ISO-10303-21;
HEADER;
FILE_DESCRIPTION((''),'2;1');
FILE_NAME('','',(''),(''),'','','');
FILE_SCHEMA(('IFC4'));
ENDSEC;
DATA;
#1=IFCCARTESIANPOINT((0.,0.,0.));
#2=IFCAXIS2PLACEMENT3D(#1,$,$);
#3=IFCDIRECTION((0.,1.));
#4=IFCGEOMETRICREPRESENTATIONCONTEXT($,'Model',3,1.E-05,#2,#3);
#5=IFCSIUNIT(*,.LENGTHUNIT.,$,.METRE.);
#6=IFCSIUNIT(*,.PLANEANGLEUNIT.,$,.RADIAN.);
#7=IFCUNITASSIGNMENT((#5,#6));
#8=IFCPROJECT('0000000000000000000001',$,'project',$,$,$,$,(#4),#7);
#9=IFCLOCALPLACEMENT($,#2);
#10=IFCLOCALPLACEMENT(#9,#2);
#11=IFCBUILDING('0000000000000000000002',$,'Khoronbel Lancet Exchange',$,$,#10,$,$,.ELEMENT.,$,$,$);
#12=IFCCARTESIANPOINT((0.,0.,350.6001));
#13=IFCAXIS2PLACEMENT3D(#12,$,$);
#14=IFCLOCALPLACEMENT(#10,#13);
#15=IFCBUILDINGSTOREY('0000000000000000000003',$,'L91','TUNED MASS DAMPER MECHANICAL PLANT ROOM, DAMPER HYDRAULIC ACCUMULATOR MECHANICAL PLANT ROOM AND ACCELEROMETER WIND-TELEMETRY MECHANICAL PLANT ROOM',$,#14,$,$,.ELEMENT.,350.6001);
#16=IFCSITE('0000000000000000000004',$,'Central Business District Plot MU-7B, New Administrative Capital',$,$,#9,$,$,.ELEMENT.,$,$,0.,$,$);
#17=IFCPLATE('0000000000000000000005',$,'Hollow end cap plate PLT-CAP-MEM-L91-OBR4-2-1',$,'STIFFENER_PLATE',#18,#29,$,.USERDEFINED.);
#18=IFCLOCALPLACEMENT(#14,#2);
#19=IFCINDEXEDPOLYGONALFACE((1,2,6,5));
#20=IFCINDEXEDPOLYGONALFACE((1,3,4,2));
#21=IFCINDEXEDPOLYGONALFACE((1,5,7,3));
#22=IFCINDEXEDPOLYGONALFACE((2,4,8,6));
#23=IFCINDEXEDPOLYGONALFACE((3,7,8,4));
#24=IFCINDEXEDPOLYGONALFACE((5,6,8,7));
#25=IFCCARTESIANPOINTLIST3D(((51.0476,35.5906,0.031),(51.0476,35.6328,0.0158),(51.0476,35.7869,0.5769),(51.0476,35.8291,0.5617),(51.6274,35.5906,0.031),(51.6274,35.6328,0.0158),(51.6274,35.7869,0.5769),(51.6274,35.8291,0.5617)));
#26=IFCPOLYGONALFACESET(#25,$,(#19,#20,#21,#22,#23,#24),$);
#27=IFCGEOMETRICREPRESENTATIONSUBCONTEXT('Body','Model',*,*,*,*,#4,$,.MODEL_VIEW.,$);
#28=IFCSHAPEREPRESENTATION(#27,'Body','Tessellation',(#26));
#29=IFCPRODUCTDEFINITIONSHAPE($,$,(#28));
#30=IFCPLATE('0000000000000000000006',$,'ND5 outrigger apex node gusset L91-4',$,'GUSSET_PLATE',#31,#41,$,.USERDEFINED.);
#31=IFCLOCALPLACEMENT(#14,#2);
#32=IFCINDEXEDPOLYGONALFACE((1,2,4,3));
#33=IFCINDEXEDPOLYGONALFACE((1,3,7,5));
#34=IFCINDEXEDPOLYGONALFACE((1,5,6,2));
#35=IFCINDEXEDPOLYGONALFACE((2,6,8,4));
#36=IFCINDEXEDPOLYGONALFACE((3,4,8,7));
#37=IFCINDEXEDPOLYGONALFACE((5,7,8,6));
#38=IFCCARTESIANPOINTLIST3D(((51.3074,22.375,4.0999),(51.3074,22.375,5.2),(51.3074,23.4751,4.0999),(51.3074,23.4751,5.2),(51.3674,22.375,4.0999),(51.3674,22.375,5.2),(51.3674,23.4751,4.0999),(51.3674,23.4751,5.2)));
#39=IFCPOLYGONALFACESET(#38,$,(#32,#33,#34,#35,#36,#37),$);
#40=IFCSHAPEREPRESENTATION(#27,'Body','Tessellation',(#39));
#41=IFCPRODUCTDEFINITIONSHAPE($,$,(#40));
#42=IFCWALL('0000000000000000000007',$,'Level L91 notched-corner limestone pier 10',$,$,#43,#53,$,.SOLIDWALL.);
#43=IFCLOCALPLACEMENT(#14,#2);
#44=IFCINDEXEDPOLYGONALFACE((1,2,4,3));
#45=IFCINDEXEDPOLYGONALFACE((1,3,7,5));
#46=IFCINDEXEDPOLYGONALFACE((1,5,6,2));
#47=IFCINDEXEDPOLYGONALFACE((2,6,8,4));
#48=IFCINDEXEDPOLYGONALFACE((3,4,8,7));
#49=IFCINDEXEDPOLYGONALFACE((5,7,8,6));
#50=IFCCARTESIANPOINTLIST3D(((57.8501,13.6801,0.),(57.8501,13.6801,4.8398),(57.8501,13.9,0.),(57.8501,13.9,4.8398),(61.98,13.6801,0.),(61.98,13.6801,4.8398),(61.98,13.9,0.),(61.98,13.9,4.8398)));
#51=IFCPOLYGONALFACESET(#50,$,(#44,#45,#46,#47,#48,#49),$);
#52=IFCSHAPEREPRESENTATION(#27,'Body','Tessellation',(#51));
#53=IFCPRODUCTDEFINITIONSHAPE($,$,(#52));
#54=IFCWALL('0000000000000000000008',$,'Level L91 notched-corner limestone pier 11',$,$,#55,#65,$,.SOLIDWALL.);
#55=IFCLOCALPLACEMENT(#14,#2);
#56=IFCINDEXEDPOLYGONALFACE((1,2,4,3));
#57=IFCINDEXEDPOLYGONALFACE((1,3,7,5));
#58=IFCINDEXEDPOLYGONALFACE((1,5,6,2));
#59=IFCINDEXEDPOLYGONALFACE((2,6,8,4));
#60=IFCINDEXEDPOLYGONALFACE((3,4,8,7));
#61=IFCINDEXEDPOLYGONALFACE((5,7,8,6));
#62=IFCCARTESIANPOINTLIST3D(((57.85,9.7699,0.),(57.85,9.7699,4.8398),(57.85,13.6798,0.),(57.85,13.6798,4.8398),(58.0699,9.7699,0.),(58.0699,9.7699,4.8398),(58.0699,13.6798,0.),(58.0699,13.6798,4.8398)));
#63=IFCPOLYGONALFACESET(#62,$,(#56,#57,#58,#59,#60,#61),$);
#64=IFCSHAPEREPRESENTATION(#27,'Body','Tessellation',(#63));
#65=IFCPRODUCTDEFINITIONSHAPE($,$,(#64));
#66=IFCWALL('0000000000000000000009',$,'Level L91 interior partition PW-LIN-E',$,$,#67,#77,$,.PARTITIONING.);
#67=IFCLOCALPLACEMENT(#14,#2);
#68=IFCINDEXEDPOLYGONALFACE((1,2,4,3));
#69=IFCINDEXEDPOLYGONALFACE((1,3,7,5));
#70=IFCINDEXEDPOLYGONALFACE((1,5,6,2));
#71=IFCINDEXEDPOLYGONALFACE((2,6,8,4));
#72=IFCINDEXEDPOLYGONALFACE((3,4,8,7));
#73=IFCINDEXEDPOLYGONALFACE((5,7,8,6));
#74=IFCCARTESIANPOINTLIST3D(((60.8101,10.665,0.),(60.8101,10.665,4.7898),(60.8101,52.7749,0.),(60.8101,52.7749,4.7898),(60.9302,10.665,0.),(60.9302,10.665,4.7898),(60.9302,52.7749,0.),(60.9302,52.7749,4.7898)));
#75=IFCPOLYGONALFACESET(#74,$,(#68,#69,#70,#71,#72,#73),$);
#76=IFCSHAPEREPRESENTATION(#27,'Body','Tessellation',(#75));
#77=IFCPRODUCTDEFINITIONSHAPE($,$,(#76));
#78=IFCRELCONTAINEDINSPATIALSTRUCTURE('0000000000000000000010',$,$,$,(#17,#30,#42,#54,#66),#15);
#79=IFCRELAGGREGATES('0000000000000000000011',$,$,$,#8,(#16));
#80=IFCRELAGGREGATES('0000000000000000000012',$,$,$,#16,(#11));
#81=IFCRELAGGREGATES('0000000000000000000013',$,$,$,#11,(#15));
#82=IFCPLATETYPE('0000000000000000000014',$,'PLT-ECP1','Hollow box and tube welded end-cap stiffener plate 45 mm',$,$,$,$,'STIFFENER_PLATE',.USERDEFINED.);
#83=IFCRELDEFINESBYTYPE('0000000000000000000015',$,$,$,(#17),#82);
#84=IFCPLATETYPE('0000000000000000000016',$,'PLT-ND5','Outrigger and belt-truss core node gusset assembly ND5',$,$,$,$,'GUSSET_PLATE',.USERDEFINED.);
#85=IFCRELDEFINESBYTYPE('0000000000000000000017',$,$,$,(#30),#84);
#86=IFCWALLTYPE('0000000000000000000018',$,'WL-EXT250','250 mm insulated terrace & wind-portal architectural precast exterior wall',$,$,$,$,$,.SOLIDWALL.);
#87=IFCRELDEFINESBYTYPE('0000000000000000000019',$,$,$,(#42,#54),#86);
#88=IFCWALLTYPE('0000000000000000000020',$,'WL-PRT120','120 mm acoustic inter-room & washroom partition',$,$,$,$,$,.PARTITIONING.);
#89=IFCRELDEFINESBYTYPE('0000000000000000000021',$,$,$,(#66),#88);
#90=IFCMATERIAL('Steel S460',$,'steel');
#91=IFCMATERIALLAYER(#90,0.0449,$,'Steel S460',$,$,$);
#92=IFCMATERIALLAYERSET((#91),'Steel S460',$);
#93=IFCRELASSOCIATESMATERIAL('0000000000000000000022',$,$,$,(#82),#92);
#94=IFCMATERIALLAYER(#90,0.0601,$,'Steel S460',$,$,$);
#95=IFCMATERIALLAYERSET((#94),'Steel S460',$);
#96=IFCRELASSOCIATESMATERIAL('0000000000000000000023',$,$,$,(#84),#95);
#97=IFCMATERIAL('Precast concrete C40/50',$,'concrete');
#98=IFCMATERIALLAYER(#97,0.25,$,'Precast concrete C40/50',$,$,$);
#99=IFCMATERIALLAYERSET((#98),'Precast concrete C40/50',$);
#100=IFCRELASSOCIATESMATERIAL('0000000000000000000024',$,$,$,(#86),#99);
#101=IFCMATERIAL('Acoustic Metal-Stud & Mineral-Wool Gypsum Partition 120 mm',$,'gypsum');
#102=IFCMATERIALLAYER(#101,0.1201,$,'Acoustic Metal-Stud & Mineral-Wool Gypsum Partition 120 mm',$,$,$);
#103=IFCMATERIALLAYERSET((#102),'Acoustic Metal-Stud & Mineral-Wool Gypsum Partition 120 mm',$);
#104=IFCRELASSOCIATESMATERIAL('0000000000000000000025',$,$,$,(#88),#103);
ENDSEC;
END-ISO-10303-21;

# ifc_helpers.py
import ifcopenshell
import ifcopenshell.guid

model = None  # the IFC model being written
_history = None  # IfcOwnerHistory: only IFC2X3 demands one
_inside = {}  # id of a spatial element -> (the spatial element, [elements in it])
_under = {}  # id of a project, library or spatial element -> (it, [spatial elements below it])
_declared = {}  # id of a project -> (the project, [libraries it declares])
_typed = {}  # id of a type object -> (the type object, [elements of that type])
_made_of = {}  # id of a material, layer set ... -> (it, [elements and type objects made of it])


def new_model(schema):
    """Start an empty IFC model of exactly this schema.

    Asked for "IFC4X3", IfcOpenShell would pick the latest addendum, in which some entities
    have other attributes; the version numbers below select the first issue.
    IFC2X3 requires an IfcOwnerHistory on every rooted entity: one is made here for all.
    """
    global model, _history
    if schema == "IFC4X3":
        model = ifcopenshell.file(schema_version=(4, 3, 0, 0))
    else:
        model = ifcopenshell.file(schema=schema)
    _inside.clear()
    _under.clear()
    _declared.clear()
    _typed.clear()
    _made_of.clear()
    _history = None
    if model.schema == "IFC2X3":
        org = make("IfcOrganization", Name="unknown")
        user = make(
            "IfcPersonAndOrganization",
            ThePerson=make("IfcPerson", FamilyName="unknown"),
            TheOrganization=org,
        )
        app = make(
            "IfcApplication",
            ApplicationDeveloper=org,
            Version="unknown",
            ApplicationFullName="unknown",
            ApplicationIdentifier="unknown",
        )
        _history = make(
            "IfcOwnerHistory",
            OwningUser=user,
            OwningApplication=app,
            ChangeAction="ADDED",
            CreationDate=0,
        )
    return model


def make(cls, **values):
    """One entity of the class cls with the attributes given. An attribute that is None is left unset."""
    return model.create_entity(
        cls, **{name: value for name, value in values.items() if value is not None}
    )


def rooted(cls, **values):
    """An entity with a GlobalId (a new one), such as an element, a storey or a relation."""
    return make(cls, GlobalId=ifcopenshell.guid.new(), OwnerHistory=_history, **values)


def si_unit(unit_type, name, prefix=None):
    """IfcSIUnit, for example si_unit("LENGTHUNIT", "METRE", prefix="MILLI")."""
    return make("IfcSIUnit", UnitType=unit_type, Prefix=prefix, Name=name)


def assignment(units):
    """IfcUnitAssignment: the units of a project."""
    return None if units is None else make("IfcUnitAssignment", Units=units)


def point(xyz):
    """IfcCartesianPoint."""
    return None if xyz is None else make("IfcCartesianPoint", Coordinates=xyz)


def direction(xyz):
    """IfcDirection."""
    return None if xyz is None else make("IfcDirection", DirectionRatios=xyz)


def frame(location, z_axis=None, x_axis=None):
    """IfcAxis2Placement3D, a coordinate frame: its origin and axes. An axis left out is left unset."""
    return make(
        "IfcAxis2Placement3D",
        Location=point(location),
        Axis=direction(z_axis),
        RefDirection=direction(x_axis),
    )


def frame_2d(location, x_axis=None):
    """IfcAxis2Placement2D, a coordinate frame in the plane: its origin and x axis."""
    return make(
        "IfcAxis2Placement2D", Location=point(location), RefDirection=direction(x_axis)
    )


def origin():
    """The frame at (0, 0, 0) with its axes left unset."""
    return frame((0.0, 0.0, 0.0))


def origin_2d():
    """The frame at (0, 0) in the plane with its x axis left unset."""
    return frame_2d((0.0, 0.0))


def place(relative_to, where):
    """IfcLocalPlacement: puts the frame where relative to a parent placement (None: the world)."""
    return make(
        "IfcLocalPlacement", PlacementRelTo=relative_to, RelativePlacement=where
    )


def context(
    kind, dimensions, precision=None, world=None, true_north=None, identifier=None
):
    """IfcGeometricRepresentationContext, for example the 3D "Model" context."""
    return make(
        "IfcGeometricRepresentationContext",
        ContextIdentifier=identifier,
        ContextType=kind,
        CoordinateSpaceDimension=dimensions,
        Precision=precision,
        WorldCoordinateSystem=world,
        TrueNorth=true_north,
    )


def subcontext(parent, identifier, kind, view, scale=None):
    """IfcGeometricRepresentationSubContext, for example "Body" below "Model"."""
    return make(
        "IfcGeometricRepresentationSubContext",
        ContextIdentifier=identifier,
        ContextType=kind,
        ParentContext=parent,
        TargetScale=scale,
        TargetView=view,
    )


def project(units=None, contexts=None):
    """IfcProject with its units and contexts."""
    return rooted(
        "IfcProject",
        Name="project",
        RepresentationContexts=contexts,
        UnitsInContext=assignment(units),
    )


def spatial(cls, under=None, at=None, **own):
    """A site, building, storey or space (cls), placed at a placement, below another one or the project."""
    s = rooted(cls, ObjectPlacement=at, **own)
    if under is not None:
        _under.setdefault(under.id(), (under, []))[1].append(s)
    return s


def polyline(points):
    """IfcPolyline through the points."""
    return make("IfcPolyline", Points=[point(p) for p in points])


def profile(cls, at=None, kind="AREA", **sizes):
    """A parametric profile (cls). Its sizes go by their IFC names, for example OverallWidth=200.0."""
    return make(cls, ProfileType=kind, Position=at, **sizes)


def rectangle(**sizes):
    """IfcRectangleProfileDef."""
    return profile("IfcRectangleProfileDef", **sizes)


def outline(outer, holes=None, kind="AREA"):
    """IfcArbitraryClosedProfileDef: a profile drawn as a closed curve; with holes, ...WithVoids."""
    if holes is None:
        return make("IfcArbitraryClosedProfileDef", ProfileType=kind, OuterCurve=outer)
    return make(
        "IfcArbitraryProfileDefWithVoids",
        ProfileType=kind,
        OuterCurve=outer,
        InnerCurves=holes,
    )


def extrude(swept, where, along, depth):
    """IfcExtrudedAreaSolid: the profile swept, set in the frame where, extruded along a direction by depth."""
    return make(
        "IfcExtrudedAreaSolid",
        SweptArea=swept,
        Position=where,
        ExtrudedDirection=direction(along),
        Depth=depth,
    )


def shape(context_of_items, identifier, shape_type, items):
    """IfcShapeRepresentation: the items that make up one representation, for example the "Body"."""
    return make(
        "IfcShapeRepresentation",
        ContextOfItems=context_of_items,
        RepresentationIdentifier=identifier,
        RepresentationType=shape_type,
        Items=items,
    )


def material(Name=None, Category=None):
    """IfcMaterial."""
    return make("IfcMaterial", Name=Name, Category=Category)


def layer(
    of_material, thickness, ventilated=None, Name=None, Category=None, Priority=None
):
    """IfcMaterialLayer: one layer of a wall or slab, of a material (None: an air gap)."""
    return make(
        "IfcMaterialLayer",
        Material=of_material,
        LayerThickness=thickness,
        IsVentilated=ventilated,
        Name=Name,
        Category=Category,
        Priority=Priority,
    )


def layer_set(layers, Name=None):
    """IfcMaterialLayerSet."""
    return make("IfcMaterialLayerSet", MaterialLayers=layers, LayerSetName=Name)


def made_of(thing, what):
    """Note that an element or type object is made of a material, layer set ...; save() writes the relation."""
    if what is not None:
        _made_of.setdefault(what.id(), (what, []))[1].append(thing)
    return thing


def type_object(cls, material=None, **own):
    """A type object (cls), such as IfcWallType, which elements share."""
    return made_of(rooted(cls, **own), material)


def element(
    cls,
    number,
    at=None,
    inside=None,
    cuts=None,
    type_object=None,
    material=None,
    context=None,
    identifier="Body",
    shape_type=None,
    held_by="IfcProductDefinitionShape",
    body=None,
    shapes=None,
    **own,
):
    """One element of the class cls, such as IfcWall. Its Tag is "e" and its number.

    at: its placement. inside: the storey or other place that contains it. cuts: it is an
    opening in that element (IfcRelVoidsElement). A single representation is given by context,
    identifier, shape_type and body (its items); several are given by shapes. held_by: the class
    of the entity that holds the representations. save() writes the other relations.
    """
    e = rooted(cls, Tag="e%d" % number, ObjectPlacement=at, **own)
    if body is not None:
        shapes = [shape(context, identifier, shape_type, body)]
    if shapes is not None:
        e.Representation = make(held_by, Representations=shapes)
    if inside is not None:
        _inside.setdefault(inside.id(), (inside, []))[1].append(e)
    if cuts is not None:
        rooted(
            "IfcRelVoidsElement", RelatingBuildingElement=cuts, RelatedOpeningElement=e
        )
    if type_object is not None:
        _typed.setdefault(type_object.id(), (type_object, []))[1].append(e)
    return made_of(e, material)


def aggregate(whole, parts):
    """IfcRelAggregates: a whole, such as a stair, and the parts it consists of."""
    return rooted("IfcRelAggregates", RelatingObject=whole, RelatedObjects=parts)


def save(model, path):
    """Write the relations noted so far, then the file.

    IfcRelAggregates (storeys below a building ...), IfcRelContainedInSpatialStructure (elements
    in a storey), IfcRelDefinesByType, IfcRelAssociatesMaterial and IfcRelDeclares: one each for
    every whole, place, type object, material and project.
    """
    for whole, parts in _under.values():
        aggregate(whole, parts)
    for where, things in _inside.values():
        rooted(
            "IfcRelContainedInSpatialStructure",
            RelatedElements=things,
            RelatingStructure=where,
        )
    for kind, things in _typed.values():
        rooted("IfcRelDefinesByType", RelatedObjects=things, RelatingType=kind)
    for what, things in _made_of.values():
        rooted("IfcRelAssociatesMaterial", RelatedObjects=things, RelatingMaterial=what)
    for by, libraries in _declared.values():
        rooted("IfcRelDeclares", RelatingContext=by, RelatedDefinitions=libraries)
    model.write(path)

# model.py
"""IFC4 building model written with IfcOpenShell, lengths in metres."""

from ifc_helpers import new_model, si_unit, direction, frame, frame_2d, origin, origin_2d, place, context, subcontext, project, spatial, polyline, rectangle, outline, extrude, material, layer, layer_set, type_object, element, save


model = new_model("IFC4")

# Units and contexts
model_context = context("Model", 3, precision=1e-05, world=origin(), true_north=direction((0.0, 1.0)))
body_context = subcontext(model_context, "Body", "Model", "MODEL_VIEW")
ifc_project = project(units=[si_unit("LENGTHUNIT", "METRE"), si_unit("PLANEANGLEUNIT", "RADIAN")], contexts=[model_context])

# Site, building, storey
site_placement = place(None, origin())
site = spatial("IfcSite", under=ifc_project, at=site_placement, Name="Central Business District Plot MU-7B, New Administrative Capital", CompositionType="ELEMENT", RefElevation=0.0)
building_placement = place(site_placement, origin())
building = spatial("IfcBuilding", under=site, at=building_placement, Name="Khoronbel Lancet Exchange", CompositionType="ELEMENT")
storey_placement = place(building_placement, frame((0.0, 0.0, 350.6001)))
storey = spatial("IfcBuildingStorey", under=building, at=storey_placement, Name="L91", Description="TUNED MASS DAMPER MECHANICAL PLANT ROOM, DAMPER HYDRAULIC ACCUMULATOR MECHANICAL PLANT ROOM AND ACCELEROMETER WIND-TELEMETRY MECHANICAL PLANT ROOM", CompositionType="ELEMENT", Elevation=350.6001)

# Shared definitions
ifc_material_1 = material(Name="Steel S460", Category="steel")

# Plates
ifc_layer_1 = layer(ifc_material_1, 0.0449, Name="Steel S460")
ifc_layer_set_1 = layer_set([ifc_layer_1], Name="Steel S460")
plate_type_1 = type_object("IfcPlateType", Name="PLT-ECP1", Description="Hollow box and tube welded end-cap stiffener plate 45 mm", ElementType="STIFFENER_PLATE", PredefinedType="USERDEFINED", material=ifc_layer_set_1)
for number, where, z_axis, x_axis, name in (
    (1, (51.0476, 35.5906, 0.031), (0.0, -0.941016, 0.338362), (1.0, 0.0, 0.0), "Hollow end cap plate PLT-CAP-MEM-L91-OBR4-2-1"),
):
    element("IfcPlate", number, at=place(storey_placement, frame(where, z_axis=z_axis, x_axis=x_axis)), inside=storey, type_object=plate_type_1, Name=name, ObjectType="STIFFENER_PLATE", PredefinedType="USERDEFINED", context=body_context, shape_type="SweptSolid", body=[
        extrude(outline(polyline([(0.0, 0.0), (0.5798, 0.0), (0.5798, 0.5801), (0.0, 0.5801), (0.0, 0.0)])), origin(), (0.0, 0.0, -1.0), 0.0449),
    ])
ifc_layer_2 = layer(ifc_material_1, 0.0601, Name="Steel S460")
ifc_layer_set_2 = layer_set([ifc_layer_2], Name="Steel S460")
plate_type_2 = type_object("IfcPlateType", Name="PLT-ND5", Description="Outrigger and belt-truss core node gusset assembly ND5", ElementType="GUSSET_PLATE", PredefinedType="USERDEFINED", material=ifc_layer_set_2)
plate_1_placement = place(storey_placement, frame((51.3374, 22.925, 4.0999), z_axis=(0.0, 0.0, 1.0), x_axis=(1.0, 0.0, 0.0)))
element("IfcPlate", 2, at=plate_1_placement, inside=storey, type_object=plate_type_2, Name="ND5 outrigger apex node gusset L91-4", ObjectType="GUSSET_PLATE", PredefinedType="USERDEFINED", context=body_context, shape_type="SweptSolid", body=[
    extrude(rectangle(XDim=0.0601, YDim=1.1001, at=origin_2d()), origin(), (0.0, 0.0, 1.0), 1.1001),
])

# Walls
ifc_material_2 = material(Name="Precast concrete C40/50", Category="concrete")
ifc_layer_3 = layer(ifc_material_2, 0.25, Name="Precast concrete C40/50")
ifc_layer_set_3 = layer_set([ifc_layer_3], Name="Precast concrete C40/50")
wall_type_1 = type_object("IfcWallType", Name="WL-EXT250", Description="250 mm insulated terrace & wind-portal architectural precast exterior wall", PredefinedType="SOLIDWALL", material=ifc_layer_set_3)
wall_1_placement = place(storey_placement, frame((61.98, 13.79, 0.0), z_axis=(0.0, 0.0, 1.0), x_axis=(-1.0, 0.0, 0.0)))
element("IfcWall", 3, at=wall_1_placement, inside=storey, type_object=wall_type_1, Name="Level L91 notched-corner limestone pier 10", PredefinedType="SOLIDWALL", context=body_context, shape_type="SweptSolid", body=[
    extrude(rectangle(XDim=4.1299, YDim=0.22, at=frame_2d((2.0649, 0.0))), origin(), (0.0, 0.0, 1.0), 4.8398),
])
wall_2_placement = place(storey_placement, frame((57.96, 13.6799, 0.0), z_axis=(0.0, 0.0, 1.0), x_axis=(0.0, -1.0, 0.0)))
element("IfcWall", 4, at=wall_2_placement, inside=storey, type_object=wall_type_1, Name="Level L91 notched-corner limestone pier 11", PredefinedType="SOLIDWALL", context=body_context, shape_type="SweptSolid", body=[
    extrude(rectangle(XDim=3.9099, YDim=0.22, at=frame_2d((1.9551, 0.0))), origin(), (0.0, 0.0, 1.0), 4.8398),
])
ifc_material_3 = material(Name="Acoustic Metal-Stud & Mineral-Wool Gypsum Partition 120 mm", Category="gypsum")
ifc_layer_4 = layer(ifc_material_3, 0.1201, Name="Acoustic Metal-Stud & Mineral-Wool Gypsum Partition 120 mm")
ifc_layer_set_4 = layer_set([ifc_layer_4], Name="Acoustic Metal-Stud & Mineral-Wool Gypsum Partition 120 mm")
wall_type_2 = type_object("IfcWallType", Name="WL-PRT120", Description="120 mm acoustic inter-room & washroom partition", PredefinedType="PARTITIONING", material=ifc_layer_set_4)
wall_3_placement = place(storey_placement, frame((60.8701, 10.665, 0.0), z_axis=(0.0, 0.0, 1.0), x_axis=(0.0, 1.0, 0.0)))
element("IfcWall", 5, at=wall_3_placement, inside=storey, type_object=wall_type_2, Name="Level L91 interior partition PW-LIN-E", PredefinedType="PARTITIONING", context=body_context, shape_type="SweptSolid", body=[
    extrude(rectangle(XDim=42.1099, YDim=0.1201, at=frame_2d((21.0549, 0.0))), origin(), (0.0, 0.0, 1.0), 4.7898),
])

save(model, "model.ifc")
